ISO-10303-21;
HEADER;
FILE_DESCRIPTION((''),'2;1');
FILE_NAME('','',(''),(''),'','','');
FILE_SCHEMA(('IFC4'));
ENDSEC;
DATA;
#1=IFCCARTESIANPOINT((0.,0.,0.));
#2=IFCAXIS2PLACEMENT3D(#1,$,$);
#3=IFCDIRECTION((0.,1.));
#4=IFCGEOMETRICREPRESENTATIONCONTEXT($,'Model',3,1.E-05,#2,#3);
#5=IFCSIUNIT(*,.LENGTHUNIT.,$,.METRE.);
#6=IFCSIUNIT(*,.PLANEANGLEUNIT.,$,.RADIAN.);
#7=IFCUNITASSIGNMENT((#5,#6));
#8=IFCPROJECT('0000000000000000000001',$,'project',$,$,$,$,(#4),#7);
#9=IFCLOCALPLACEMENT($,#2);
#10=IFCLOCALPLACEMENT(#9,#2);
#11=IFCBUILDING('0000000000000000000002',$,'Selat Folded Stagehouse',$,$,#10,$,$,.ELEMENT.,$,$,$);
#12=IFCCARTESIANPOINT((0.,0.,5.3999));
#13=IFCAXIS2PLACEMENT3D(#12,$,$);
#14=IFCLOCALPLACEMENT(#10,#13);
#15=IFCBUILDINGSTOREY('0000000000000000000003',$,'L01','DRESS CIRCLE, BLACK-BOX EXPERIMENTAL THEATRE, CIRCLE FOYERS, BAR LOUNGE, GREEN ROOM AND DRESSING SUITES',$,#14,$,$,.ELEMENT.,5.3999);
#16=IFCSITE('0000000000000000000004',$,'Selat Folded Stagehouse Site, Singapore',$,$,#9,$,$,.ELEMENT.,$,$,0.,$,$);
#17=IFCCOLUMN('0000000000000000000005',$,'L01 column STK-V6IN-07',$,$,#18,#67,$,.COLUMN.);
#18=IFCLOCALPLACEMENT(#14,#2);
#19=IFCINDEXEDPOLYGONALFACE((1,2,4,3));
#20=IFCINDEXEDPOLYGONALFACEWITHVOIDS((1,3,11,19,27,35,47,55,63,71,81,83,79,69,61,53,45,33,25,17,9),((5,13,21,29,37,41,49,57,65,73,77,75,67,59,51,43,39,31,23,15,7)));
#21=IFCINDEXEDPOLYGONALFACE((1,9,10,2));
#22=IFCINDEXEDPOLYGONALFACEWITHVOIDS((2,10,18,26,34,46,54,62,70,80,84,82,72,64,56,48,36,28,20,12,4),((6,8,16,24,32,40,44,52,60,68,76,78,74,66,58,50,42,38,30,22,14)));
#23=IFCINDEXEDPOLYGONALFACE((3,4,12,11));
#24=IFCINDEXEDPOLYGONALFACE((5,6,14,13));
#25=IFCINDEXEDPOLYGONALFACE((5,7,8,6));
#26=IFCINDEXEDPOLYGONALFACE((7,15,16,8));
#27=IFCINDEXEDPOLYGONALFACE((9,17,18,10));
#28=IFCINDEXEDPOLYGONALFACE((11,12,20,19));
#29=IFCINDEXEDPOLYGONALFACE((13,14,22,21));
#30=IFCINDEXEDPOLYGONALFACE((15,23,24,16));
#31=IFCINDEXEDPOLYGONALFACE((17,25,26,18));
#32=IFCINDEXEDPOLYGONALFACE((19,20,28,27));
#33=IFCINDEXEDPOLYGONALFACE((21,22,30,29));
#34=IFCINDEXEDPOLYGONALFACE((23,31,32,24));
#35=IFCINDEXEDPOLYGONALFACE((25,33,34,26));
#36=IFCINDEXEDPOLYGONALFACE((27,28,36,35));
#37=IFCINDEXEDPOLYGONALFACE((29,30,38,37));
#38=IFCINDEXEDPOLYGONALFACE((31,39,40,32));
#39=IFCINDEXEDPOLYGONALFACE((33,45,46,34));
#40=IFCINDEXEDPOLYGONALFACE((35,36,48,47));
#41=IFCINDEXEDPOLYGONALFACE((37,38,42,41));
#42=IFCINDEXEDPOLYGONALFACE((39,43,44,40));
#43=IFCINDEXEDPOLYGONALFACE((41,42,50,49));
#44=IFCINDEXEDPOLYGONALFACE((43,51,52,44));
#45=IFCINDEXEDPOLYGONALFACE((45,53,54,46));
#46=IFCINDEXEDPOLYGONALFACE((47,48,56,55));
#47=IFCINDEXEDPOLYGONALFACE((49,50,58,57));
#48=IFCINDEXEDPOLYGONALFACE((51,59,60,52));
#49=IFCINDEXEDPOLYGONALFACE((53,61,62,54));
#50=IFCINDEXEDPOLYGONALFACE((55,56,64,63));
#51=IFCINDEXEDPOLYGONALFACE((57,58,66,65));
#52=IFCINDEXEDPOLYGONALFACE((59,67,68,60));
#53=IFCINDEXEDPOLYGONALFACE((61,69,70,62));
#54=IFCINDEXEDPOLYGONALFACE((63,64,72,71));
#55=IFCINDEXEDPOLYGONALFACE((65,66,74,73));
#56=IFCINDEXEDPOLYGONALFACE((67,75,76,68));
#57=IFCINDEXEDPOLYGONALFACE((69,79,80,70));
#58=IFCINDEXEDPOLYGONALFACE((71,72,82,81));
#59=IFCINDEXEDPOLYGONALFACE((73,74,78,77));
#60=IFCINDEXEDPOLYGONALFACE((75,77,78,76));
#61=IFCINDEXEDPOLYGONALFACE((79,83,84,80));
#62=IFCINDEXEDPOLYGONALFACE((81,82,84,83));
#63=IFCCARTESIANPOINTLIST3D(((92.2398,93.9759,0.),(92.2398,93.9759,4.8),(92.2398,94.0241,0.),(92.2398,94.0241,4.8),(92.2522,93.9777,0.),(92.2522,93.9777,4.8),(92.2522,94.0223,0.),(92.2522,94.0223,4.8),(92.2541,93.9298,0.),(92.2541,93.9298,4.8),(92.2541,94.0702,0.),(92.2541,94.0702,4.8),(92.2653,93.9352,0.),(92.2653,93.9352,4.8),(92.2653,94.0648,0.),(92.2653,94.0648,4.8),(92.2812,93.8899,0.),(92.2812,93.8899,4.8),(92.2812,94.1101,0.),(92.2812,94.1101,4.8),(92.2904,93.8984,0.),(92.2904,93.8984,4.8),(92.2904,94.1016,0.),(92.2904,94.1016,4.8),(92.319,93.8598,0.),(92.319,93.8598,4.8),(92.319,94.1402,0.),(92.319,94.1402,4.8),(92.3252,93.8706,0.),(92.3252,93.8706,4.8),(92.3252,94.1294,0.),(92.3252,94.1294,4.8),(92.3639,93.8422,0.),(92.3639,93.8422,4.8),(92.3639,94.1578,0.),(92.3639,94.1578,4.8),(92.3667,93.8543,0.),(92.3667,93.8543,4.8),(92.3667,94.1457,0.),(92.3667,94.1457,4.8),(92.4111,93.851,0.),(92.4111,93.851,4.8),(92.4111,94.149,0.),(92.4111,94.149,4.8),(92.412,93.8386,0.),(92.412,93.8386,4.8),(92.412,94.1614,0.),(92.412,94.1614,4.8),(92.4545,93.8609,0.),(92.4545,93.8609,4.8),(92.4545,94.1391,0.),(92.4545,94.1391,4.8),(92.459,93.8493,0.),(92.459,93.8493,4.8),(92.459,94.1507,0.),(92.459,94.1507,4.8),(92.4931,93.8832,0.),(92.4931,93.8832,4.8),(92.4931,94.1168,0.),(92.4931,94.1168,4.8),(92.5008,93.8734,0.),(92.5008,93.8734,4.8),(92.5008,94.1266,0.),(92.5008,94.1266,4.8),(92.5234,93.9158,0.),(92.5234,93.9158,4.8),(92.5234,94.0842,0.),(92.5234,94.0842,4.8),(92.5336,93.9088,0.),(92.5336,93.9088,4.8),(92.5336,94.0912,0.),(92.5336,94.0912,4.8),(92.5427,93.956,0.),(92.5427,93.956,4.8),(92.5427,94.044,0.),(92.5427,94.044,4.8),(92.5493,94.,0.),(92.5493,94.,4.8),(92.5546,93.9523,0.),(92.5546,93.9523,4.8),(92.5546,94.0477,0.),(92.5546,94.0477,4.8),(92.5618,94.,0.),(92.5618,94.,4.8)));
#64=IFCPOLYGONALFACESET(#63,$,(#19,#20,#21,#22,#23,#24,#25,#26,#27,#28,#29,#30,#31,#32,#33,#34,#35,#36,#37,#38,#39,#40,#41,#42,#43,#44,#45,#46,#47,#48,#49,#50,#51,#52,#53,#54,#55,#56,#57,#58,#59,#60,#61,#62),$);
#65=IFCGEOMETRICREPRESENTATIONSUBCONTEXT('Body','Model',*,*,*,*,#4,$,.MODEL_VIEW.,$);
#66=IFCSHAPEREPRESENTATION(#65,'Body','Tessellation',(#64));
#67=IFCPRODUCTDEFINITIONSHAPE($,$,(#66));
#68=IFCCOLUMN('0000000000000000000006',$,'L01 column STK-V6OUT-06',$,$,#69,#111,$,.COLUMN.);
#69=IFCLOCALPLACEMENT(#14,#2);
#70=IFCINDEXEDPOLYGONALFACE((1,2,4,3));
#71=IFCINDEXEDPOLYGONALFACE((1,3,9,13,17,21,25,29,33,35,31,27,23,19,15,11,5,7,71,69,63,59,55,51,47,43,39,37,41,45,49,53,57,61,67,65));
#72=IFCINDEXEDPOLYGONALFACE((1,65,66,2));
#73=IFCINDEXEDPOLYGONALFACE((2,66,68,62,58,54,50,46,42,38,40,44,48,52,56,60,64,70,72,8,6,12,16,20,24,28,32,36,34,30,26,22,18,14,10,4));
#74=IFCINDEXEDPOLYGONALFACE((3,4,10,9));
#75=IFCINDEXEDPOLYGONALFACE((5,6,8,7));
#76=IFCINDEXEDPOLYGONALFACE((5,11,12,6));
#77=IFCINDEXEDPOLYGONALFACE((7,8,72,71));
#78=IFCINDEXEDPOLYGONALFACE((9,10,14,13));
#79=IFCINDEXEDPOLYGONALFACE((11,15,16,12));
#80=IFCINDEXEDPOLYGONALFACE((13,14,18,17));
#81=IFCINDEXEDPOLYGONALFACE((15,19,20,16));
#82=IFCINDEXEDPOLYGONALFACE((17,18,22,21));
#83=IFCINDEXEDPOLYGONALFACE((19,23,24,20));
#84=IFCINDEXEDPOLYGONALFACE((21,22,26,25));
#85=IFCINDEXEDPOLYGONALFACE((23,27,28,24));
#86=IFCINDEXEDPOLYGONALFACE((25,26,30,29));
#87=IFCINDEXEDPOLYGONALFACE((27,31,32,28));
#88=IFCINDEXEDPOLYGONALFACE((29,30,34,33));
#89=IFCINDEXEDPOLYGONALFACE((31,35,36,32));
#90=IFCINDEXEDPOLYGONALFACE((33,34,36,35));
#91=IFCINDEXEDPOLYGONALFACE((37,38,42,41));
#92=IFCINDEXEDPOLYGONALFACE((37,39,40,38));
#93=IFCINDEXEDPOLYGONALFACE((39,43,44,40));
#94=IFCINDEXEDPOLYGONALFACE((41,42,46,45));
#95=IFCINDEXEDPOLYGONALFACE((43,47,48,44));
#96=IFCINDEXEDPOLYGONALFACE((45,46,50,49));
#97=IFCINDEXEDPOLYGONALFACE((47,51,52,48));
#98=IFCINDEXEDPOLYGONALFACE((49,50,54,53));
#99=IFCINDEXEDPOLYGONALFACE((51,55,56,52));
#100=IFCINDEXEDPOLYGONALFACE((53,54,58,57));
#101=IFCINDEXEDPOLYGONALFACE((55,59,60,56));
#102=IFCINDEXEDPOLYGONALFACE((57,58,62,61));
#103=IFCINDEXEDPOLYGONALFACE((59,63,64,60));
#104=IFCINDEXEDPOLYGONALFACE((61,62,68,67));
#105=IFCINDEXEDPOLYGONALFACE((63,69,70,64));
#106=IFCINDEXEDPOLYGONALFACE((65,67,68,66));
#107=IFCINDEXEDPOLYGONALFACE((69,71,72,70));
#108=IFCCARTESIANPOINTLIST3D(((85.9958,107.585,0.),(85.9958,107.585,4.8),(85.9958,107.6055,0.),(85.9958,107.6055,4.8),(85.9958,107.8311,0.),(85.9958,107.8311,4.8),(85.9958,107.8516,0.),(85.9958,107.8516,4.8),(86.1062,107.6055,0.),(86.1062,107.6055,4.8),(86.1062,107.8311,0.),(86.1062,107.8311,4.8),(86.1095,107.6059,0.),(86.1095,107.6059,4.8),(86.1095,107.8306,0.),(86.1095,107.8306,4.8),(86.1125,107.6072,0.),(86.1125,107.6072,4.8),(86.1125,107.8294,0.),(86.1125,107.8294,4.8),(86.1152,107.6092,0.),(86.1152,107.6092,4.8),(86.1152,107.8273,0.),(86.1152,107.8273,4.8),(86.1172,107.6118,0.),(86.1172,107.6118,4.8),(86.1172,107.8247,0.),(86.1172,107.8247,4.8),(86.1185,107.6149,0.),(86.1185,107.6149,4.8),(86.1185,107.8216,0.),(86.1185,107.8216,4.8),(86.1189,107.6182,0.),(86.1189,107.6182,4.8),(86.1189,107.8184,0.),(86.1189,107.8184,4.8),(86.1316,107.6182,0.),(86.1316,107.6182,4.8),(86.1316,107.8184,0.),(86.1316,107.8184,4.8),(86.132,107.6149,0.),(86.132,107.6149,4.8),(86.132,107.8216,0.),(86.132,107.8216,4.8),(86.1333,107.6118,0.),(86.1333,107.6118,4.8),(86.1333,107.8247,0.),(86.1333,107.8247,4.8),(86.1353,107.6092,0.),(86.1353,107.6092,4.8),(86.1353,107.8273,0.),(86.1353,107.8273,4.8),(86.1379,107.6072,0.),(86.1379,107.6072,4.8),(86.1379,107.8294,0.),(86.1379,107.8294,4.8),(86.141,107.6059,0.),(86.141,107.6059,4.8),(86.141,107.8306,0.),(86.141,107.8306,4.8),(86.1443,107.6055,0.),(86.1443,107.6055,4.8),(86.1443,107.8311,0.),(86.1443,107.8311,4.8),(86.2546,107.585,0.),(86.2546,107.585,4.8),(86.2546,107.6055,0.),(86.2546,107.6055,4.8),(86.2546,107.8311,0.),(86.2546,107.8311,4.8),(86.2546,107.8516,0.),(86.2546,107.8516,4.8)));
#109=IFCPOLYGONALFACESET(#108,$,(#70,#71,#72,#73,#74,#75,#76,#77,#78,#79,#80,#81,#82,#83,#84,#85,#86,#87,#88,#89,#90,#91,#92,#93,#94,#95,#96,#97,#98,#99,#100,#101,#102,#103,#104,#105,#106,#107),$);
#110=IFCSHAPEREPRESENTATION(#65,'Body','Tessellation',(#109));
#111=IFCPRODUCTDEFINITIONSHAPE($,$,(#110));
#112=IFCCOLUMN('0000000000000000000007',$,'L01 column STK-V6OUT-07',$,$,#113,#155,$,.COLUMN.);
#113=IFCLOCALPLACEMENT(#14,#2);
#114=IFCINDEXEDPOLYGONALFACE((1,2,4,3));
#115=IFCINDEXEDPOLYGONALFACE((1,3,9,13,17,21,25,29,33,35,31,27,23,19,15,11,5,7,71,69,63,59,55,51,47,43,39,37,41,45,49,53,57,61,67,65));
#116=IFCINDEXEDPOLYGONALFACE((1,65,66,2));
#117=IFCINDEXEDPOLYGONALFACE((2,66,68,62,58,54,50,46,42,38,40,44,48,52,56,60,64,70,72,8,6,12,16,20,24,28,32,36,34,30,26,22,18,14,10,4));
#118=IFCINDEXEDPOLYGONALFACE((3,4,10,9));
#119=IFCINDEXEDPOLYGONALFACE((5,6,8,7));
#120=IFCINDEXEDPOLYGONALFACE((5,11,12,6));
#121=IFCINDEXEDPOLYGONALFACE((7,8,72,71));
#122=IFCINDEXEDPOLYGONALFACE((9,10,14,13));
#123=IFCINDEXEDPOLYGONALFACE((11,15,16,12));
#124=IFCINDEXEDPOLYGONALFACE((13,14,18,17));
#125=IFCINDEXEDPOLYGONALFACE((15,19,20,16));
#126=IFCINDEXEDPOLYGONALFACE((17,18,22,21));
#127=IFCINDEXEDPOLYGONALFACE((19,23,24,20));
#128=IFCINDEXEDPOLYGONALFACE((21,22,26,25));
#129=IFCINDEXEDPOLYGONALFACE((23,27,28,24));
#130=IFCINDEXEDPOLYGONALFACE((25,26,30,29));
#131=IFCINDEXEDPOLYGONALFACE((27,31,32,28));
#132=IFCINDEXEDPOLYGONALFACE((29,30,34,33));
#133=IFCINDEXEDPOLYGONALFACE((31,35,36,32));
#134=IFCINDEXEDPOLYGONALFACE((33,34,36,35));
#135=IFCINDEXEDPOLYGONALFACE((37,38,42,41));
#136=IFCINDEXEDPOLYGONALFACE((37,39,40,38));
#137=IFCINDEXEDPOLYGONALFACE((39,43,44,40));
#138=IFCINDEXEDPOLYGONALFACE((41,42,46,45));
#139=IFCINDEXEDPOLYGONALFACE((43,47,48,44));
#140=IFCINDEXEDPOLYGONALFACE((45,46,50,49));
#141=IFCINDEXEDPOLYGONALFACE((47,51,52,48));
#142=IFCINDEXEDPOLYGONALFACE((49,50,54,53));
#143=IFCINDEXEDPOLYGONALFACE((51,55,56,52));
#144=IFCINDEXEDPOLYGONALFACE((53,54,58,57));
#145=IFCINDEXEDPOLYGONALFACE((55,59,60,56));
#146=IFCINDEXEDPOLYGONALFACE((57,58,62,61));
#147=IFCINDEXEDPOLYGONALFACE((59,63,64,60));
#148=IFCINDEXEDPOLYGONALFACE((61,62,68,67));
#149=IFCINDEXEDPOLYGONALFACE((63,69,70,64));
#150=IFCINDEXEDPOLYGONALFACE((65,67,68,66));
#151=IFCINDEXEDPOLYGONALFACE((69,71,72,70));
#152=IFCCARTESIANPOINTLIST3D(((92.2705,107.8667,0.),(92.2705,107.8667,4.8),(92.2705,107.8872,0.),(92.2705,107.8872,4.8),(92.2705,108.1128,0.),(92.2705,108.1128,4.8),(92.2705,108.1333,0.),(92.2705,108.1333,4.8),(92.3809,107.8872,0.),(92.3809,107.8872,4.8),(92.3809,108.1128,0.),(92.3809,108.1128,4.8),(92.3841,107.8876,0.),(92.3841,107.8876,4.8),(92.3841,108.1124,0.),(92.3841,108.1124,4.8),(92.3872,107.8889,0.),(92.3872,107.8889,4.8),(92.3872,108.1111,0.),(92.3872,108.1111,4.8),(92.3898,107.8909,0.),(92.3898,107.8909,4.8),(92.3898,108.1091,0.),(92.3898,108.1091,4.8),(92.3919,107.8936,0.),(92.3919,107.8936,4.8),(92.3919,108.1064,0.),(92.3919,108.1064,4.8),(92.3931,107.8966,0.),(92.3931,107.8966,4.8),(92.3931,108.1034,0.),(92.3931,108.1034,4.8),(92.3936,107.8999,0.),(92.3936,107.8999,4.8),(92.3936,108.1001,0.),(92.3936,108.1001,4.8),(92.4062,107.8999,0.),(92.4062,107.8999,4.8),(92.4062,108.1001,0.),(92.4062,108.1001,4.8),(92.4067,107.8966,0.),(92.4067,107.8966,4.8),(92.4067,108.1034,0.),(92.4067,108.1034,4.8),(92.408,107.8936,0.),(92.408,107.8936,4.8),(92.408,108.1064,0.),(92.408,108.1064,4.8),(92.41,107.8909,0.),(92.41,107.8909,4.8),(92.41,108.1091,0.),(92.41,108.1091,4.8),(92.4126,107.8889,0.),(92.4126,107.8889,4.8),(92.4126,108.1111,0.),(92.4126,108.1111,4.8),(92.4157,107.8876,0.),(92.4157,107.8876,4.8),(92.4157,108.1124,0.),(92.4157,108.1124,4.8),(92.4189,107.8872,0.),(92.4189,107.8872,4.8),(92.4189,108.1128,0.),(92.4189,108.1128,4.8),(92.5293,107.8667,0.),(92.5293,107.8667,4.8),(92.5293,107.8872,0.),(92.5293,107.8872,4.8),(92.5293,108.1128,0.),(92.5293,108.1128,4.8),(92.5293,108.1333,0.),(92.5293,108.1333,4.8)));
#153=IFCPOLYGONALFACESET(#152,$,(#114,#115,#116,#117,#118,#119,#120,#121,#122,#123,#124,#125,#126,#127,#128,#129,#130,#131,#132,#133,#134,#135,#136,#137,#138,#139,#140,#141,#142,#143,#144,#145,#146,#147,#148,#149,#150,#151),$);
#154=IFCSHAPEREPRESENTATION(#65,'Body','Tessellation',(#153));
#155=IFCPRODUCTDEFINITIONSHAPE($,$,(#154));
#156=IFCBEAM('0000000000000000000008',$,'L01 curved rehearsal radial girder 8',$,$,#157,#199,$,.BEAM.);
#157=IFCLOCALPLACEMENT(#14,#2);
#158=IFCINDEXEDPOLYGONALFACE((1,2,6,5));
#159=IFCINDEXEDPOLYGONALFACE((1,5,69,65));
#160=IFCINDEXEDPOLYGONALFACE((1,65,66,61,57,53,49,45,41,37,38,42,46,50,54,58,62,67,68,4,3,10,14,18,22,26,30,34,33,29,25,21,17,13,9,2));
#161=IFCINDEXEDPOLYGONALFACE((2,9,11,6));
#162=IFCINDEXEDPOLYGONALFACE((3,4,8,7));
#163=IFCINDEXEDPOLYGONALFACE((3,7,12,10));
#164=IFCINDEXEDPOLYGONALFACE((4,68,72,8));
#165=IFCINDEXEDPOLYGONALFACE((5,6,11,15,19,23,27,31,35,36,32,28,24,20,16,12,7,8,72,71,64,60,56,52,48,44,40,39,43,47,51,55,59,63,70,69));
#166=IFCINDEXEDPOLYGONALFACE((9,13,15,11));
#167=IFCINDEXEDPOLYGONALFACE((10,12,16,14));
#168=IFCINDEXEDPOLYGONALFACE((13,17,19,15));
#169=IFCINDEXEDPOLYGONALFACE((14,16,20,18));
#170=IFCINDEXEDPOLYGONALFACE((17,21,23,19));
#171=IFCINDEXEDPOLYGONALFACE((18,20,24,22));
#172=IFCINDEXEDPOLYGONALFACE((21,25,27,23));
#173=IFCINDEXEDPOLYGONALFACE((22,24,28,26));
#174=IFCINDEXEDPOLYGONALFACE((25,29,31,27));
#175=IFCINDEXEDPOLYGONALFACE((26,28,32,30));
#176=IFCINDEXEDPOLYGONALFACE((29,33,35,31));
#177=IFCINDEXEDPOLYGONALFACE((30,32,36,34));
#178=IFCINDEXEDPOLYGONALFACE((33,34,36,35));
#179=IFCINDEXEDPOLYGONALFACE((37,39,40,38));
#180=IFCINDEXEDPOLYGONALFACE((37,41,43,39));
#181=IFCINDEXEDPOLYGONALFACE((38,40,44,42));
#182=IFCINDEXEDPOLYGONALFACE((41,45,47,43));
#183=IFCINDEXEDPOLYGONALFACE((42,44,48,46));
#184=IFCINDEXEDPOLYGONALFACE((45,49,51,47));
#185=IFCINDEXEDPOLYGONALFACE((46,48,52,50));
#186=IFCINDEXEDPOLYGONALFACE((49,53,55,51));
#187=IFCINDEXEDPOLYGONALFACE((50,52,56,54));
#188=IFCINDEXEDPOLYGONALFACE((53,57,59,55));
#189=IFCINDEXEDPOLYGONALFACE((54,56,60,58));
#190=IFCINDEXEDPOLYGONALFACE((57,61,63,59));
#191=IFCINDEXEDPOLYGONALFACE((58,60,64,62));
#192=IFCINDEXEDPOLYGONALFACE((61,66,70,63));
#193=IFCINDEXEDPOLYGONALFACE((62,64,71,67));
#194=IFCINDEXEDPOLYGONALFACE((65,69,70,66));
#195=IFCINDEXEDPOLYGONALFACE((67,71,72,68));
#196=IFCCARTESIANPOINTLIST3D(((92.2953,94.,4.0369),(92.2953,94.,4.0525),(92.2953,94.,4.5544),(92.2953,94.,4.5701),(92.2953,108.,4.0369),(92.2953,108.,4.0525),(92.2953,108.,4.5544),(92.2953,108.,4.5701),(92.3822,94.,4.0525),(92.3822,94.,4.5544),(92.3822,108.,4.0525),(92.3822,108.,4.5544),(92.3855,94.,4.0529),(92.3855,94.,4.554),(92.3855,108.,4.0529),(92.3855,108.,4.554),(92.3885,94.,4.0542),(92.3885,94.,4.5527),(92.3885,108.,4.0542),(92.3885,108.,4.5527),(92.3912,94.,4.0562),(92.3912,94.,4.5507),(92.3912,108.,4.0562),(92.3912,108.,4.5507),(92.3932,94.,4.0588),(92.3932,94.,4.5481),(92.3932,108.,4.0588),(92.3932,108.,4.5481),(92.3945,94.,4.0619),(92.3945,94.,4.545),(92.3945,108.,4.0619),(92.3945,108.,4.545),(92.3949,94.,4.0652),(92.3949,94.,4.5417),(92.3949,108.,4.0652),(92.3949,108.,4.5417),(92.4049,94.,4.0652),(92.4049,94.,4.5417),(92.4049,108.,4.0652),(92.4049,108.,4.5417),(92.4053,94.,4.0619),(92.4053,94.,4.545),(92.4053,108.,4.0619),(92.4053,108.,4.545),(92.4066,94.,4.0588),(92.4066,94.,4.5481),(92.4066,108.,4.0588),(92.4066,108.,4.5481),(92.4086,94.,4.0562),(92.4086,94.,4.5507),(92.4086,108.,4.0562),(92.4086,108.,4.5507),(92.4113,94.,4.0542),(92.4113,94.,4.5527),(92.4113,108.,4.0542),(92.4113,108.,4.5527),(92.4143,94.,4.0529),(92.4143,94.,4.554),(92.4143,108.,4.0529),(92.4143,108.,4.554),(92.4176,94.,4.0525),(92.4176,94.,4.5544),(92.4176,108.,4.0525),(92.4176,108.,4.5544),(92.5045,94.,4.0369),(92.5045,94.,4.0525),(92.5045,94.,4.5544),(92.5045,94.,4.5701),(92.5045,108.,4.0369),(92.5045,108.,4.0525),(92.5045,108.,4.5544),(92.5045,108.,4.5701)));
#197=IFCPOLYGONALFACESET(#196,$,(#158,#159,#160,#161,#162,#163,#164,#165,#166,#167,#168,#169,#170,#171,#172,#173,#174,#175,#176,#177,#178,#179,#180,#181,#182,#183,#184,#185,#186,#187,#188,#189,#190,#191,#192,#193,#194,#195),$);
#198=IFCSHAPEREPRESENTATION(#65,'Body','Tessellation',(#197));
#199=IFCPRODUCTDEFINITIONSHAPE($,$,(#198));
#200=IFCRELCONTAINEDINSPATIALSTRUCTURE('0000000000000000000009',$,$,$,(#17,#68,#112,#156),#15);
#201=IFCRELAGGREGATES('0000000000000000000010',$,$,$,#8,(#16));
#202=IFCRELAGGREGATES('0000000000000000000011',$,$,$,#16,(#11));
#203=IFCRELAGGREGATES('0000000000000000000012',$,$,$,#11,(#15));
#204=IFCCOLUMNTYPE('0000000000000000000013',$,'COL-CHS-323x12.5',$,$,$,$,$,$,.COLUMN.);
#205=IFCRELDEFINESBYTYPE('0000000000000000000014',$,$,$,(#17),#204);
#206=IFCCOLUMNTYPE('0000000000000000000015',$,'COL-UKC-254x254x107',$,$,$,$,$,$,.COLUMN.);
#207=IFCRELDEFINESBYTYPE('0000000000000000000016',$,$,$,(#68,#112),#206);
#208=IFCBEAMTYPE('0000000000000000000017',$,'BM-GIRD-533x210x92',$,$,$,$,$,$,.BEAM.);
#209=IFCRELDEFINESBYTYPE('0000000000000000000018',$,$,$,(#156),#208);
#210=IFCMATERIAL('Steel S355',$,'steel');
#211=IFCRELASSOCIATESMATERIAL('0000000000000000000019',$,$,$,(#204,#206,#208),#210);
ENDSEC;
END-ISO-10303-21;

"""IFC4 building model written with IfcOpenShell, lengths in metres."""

from ifc_helpers import new_model, si_unit, direction, frame, origin, origin_2d, place, context, subcontext, project, spatial, hollow_circle, i_section, extrude, material, material_profile, profile_set, type_object, element, save


model = new_model("IFC4")

# Units and contexts
model_context = context("Model", 3, precision=1e-05, world=origin(), true_north=direction((0.0, 1.0)))
body_context = subcontext(model_context, "Body", "Model", "MODEL_VIEW")
ifc_project = project(units=[si_unit("LENGTHUNIT", "METRE"), si_unit("PLANEANGLEUNIT", "RADIAN")], contexts=[model_context])

# Site, building, storey
site_placement = place(None, origin())
site = spatial("IfcSite", under=ifc_project, at=site_placement, Name="Selat Folded Stagehouse Site, Singapore", CompositionType="ELEMENT", RefElevation=0.0)
building_placement = place(site_placement, origin())
building = spatial("IfcBuilding", under=site, at=building_placement, Name="Selat Folded Stagehouse", CompositionType="ELEMENT")
storey_placement = place(building_placement, frame((0.0, 0.0, 5.3999)))
storey = spatial("IfcBuildingStorey", under=building, at=storey_placement, Name="L01", Description="DRESS CIRCLE, BLACK-BOX EXPERIMENTAL THEATRE, CIRCLE FOYERS, BAR LOUNGE, GREEN ROOM AND DRESSING SUITES", CompositionType="ELEMENT", Elevation=5.3999)

# Columns
ifc_material_1 = material(Name="Steel S355", Category="steel")
ifc_material_profile_1 = material_profile(ifc_material_1, hollow_circle(Radius=0.1619, WallThickness=0.0125, at=origin_2d()), Name="CHS 323.9x12.5")
ifc_profile_set_1 = profile_set([ifc_material_profile_1], Name="Steel S355")
column_type_1 = type_object("IfcColumnType", Name="COL-CHS-323x12.5", PredefinedType="COLUMN", material=ifc_profile_set_1)
column_placement = place(storey_placement, frame((92.3999, 94.0, 0.0), z_axis=(0.0, 0.0, 1.0), x_axis=(1.0, 0.0, 0.0)))
element("IfcColumn", 1, at=column_placement, inside=storey, type_object=column_type_1, Name="L01 column STK-V6IN-07", PredefinedType="COLUMN", context=body_context, shape_type="SweptSolid", body=[
    extrude(hollow_circle(Radius=0.1619, WallThickness=0.0125, at=origin_2d()), origin(), (0.0, 0.0, 1.0), 4.8),
])
ifc_material_profile_2 = material_profile(ifc_material_1, i_section(OverallWidth=0.2588, OverallDepth=0.2666, WebThickness=0.0127, FlangeThickness=0.0205, FilletRadius=0.0127, at=origin_2d()), Name="UKC 254x254x107")
ifc_profile_set_2 = profile_set([ifc_material_profile_2], Name="Steel S355")
column_type_2 = type_object("IfcColumnType", Name="COL-UKC-254x254x107", PredefinedType="COLUMN", material=ifc_profile_set_2)
for number, where, z_axis, x_axis, name in (
    (2, (86.1252, 107.7183, 0.0), (0.0, 0.0, 1.0), (1.0, 0.0, 0.0), "L01 column STK-V6OUT-06"),
    (3, (92.3999, 108.0, 0.0), (0.0, 0.0, 1.0), (1.0, 0.0, 0.0), "L01 column STK-V6OUT-07"),
):
    element("IfcColumn", number, at=place(storey_placement, frame(where, z_axis=z_axis, x_axis=x_axis)), inside=storey, type_object=column_type_2, Name=name, PredefinedType="COLUMN", context=body_context, shape_type="SweptSolid", body=[
        extrude(i_section(OverallWidth=0.2588, OverallDepth=0.2666, WebThickness=0.0127, FlangeThickness=0.0205, FilletRadius=0.0127, at=origin_2d()), origin(), (0.0, 0.0, 1.0), 4.8),
    ])

# Beam
ifc_material_profile_3 = material_profile(ifc_material_1, i_section(OverallWidth=0.2092, OverallDepth=0.5332, WebThickness=0.01, FlangeThickness=0.0156, FilletRadius=0.0127, at=origin_2d()), Name="UKB 533x210x92")
ifc_profile_set_3 = profile_set([ifc_material_profile_3], Name="Steel S355")
beam_type_1 = type_object("IfcBeamType", Name="BM-GIRD-533x210x92", PredefinedType="BEAM", material=ifc_profile_set_3)
beam_1_placement = place(storey_placement, frame((92.3999, 94.0, 4.3035), z_axis=(0.0, 1.0, 0.0), x_axis=(-1.0, 0.0, 0.0)))
element("IfcBeam", 4, at=beam_1_placement, inside=storey, type_object=beam_type_1, Name="L01 curved rehearsal radial girder 8", PredefinedType="BEAM", context=body_context, shape_type="SweptSolid", body=[
    extrude(i_section(OverallWidth=0.2092, OverallDepth=0.5332, WebThickness=0.01, FlangeThickness=0.0156, FilletRadius=0.0127, at=origin_2d()), origin(), (0.0, 0.0, 1.0), 14.0),
])

save(model, "model.ifc")
